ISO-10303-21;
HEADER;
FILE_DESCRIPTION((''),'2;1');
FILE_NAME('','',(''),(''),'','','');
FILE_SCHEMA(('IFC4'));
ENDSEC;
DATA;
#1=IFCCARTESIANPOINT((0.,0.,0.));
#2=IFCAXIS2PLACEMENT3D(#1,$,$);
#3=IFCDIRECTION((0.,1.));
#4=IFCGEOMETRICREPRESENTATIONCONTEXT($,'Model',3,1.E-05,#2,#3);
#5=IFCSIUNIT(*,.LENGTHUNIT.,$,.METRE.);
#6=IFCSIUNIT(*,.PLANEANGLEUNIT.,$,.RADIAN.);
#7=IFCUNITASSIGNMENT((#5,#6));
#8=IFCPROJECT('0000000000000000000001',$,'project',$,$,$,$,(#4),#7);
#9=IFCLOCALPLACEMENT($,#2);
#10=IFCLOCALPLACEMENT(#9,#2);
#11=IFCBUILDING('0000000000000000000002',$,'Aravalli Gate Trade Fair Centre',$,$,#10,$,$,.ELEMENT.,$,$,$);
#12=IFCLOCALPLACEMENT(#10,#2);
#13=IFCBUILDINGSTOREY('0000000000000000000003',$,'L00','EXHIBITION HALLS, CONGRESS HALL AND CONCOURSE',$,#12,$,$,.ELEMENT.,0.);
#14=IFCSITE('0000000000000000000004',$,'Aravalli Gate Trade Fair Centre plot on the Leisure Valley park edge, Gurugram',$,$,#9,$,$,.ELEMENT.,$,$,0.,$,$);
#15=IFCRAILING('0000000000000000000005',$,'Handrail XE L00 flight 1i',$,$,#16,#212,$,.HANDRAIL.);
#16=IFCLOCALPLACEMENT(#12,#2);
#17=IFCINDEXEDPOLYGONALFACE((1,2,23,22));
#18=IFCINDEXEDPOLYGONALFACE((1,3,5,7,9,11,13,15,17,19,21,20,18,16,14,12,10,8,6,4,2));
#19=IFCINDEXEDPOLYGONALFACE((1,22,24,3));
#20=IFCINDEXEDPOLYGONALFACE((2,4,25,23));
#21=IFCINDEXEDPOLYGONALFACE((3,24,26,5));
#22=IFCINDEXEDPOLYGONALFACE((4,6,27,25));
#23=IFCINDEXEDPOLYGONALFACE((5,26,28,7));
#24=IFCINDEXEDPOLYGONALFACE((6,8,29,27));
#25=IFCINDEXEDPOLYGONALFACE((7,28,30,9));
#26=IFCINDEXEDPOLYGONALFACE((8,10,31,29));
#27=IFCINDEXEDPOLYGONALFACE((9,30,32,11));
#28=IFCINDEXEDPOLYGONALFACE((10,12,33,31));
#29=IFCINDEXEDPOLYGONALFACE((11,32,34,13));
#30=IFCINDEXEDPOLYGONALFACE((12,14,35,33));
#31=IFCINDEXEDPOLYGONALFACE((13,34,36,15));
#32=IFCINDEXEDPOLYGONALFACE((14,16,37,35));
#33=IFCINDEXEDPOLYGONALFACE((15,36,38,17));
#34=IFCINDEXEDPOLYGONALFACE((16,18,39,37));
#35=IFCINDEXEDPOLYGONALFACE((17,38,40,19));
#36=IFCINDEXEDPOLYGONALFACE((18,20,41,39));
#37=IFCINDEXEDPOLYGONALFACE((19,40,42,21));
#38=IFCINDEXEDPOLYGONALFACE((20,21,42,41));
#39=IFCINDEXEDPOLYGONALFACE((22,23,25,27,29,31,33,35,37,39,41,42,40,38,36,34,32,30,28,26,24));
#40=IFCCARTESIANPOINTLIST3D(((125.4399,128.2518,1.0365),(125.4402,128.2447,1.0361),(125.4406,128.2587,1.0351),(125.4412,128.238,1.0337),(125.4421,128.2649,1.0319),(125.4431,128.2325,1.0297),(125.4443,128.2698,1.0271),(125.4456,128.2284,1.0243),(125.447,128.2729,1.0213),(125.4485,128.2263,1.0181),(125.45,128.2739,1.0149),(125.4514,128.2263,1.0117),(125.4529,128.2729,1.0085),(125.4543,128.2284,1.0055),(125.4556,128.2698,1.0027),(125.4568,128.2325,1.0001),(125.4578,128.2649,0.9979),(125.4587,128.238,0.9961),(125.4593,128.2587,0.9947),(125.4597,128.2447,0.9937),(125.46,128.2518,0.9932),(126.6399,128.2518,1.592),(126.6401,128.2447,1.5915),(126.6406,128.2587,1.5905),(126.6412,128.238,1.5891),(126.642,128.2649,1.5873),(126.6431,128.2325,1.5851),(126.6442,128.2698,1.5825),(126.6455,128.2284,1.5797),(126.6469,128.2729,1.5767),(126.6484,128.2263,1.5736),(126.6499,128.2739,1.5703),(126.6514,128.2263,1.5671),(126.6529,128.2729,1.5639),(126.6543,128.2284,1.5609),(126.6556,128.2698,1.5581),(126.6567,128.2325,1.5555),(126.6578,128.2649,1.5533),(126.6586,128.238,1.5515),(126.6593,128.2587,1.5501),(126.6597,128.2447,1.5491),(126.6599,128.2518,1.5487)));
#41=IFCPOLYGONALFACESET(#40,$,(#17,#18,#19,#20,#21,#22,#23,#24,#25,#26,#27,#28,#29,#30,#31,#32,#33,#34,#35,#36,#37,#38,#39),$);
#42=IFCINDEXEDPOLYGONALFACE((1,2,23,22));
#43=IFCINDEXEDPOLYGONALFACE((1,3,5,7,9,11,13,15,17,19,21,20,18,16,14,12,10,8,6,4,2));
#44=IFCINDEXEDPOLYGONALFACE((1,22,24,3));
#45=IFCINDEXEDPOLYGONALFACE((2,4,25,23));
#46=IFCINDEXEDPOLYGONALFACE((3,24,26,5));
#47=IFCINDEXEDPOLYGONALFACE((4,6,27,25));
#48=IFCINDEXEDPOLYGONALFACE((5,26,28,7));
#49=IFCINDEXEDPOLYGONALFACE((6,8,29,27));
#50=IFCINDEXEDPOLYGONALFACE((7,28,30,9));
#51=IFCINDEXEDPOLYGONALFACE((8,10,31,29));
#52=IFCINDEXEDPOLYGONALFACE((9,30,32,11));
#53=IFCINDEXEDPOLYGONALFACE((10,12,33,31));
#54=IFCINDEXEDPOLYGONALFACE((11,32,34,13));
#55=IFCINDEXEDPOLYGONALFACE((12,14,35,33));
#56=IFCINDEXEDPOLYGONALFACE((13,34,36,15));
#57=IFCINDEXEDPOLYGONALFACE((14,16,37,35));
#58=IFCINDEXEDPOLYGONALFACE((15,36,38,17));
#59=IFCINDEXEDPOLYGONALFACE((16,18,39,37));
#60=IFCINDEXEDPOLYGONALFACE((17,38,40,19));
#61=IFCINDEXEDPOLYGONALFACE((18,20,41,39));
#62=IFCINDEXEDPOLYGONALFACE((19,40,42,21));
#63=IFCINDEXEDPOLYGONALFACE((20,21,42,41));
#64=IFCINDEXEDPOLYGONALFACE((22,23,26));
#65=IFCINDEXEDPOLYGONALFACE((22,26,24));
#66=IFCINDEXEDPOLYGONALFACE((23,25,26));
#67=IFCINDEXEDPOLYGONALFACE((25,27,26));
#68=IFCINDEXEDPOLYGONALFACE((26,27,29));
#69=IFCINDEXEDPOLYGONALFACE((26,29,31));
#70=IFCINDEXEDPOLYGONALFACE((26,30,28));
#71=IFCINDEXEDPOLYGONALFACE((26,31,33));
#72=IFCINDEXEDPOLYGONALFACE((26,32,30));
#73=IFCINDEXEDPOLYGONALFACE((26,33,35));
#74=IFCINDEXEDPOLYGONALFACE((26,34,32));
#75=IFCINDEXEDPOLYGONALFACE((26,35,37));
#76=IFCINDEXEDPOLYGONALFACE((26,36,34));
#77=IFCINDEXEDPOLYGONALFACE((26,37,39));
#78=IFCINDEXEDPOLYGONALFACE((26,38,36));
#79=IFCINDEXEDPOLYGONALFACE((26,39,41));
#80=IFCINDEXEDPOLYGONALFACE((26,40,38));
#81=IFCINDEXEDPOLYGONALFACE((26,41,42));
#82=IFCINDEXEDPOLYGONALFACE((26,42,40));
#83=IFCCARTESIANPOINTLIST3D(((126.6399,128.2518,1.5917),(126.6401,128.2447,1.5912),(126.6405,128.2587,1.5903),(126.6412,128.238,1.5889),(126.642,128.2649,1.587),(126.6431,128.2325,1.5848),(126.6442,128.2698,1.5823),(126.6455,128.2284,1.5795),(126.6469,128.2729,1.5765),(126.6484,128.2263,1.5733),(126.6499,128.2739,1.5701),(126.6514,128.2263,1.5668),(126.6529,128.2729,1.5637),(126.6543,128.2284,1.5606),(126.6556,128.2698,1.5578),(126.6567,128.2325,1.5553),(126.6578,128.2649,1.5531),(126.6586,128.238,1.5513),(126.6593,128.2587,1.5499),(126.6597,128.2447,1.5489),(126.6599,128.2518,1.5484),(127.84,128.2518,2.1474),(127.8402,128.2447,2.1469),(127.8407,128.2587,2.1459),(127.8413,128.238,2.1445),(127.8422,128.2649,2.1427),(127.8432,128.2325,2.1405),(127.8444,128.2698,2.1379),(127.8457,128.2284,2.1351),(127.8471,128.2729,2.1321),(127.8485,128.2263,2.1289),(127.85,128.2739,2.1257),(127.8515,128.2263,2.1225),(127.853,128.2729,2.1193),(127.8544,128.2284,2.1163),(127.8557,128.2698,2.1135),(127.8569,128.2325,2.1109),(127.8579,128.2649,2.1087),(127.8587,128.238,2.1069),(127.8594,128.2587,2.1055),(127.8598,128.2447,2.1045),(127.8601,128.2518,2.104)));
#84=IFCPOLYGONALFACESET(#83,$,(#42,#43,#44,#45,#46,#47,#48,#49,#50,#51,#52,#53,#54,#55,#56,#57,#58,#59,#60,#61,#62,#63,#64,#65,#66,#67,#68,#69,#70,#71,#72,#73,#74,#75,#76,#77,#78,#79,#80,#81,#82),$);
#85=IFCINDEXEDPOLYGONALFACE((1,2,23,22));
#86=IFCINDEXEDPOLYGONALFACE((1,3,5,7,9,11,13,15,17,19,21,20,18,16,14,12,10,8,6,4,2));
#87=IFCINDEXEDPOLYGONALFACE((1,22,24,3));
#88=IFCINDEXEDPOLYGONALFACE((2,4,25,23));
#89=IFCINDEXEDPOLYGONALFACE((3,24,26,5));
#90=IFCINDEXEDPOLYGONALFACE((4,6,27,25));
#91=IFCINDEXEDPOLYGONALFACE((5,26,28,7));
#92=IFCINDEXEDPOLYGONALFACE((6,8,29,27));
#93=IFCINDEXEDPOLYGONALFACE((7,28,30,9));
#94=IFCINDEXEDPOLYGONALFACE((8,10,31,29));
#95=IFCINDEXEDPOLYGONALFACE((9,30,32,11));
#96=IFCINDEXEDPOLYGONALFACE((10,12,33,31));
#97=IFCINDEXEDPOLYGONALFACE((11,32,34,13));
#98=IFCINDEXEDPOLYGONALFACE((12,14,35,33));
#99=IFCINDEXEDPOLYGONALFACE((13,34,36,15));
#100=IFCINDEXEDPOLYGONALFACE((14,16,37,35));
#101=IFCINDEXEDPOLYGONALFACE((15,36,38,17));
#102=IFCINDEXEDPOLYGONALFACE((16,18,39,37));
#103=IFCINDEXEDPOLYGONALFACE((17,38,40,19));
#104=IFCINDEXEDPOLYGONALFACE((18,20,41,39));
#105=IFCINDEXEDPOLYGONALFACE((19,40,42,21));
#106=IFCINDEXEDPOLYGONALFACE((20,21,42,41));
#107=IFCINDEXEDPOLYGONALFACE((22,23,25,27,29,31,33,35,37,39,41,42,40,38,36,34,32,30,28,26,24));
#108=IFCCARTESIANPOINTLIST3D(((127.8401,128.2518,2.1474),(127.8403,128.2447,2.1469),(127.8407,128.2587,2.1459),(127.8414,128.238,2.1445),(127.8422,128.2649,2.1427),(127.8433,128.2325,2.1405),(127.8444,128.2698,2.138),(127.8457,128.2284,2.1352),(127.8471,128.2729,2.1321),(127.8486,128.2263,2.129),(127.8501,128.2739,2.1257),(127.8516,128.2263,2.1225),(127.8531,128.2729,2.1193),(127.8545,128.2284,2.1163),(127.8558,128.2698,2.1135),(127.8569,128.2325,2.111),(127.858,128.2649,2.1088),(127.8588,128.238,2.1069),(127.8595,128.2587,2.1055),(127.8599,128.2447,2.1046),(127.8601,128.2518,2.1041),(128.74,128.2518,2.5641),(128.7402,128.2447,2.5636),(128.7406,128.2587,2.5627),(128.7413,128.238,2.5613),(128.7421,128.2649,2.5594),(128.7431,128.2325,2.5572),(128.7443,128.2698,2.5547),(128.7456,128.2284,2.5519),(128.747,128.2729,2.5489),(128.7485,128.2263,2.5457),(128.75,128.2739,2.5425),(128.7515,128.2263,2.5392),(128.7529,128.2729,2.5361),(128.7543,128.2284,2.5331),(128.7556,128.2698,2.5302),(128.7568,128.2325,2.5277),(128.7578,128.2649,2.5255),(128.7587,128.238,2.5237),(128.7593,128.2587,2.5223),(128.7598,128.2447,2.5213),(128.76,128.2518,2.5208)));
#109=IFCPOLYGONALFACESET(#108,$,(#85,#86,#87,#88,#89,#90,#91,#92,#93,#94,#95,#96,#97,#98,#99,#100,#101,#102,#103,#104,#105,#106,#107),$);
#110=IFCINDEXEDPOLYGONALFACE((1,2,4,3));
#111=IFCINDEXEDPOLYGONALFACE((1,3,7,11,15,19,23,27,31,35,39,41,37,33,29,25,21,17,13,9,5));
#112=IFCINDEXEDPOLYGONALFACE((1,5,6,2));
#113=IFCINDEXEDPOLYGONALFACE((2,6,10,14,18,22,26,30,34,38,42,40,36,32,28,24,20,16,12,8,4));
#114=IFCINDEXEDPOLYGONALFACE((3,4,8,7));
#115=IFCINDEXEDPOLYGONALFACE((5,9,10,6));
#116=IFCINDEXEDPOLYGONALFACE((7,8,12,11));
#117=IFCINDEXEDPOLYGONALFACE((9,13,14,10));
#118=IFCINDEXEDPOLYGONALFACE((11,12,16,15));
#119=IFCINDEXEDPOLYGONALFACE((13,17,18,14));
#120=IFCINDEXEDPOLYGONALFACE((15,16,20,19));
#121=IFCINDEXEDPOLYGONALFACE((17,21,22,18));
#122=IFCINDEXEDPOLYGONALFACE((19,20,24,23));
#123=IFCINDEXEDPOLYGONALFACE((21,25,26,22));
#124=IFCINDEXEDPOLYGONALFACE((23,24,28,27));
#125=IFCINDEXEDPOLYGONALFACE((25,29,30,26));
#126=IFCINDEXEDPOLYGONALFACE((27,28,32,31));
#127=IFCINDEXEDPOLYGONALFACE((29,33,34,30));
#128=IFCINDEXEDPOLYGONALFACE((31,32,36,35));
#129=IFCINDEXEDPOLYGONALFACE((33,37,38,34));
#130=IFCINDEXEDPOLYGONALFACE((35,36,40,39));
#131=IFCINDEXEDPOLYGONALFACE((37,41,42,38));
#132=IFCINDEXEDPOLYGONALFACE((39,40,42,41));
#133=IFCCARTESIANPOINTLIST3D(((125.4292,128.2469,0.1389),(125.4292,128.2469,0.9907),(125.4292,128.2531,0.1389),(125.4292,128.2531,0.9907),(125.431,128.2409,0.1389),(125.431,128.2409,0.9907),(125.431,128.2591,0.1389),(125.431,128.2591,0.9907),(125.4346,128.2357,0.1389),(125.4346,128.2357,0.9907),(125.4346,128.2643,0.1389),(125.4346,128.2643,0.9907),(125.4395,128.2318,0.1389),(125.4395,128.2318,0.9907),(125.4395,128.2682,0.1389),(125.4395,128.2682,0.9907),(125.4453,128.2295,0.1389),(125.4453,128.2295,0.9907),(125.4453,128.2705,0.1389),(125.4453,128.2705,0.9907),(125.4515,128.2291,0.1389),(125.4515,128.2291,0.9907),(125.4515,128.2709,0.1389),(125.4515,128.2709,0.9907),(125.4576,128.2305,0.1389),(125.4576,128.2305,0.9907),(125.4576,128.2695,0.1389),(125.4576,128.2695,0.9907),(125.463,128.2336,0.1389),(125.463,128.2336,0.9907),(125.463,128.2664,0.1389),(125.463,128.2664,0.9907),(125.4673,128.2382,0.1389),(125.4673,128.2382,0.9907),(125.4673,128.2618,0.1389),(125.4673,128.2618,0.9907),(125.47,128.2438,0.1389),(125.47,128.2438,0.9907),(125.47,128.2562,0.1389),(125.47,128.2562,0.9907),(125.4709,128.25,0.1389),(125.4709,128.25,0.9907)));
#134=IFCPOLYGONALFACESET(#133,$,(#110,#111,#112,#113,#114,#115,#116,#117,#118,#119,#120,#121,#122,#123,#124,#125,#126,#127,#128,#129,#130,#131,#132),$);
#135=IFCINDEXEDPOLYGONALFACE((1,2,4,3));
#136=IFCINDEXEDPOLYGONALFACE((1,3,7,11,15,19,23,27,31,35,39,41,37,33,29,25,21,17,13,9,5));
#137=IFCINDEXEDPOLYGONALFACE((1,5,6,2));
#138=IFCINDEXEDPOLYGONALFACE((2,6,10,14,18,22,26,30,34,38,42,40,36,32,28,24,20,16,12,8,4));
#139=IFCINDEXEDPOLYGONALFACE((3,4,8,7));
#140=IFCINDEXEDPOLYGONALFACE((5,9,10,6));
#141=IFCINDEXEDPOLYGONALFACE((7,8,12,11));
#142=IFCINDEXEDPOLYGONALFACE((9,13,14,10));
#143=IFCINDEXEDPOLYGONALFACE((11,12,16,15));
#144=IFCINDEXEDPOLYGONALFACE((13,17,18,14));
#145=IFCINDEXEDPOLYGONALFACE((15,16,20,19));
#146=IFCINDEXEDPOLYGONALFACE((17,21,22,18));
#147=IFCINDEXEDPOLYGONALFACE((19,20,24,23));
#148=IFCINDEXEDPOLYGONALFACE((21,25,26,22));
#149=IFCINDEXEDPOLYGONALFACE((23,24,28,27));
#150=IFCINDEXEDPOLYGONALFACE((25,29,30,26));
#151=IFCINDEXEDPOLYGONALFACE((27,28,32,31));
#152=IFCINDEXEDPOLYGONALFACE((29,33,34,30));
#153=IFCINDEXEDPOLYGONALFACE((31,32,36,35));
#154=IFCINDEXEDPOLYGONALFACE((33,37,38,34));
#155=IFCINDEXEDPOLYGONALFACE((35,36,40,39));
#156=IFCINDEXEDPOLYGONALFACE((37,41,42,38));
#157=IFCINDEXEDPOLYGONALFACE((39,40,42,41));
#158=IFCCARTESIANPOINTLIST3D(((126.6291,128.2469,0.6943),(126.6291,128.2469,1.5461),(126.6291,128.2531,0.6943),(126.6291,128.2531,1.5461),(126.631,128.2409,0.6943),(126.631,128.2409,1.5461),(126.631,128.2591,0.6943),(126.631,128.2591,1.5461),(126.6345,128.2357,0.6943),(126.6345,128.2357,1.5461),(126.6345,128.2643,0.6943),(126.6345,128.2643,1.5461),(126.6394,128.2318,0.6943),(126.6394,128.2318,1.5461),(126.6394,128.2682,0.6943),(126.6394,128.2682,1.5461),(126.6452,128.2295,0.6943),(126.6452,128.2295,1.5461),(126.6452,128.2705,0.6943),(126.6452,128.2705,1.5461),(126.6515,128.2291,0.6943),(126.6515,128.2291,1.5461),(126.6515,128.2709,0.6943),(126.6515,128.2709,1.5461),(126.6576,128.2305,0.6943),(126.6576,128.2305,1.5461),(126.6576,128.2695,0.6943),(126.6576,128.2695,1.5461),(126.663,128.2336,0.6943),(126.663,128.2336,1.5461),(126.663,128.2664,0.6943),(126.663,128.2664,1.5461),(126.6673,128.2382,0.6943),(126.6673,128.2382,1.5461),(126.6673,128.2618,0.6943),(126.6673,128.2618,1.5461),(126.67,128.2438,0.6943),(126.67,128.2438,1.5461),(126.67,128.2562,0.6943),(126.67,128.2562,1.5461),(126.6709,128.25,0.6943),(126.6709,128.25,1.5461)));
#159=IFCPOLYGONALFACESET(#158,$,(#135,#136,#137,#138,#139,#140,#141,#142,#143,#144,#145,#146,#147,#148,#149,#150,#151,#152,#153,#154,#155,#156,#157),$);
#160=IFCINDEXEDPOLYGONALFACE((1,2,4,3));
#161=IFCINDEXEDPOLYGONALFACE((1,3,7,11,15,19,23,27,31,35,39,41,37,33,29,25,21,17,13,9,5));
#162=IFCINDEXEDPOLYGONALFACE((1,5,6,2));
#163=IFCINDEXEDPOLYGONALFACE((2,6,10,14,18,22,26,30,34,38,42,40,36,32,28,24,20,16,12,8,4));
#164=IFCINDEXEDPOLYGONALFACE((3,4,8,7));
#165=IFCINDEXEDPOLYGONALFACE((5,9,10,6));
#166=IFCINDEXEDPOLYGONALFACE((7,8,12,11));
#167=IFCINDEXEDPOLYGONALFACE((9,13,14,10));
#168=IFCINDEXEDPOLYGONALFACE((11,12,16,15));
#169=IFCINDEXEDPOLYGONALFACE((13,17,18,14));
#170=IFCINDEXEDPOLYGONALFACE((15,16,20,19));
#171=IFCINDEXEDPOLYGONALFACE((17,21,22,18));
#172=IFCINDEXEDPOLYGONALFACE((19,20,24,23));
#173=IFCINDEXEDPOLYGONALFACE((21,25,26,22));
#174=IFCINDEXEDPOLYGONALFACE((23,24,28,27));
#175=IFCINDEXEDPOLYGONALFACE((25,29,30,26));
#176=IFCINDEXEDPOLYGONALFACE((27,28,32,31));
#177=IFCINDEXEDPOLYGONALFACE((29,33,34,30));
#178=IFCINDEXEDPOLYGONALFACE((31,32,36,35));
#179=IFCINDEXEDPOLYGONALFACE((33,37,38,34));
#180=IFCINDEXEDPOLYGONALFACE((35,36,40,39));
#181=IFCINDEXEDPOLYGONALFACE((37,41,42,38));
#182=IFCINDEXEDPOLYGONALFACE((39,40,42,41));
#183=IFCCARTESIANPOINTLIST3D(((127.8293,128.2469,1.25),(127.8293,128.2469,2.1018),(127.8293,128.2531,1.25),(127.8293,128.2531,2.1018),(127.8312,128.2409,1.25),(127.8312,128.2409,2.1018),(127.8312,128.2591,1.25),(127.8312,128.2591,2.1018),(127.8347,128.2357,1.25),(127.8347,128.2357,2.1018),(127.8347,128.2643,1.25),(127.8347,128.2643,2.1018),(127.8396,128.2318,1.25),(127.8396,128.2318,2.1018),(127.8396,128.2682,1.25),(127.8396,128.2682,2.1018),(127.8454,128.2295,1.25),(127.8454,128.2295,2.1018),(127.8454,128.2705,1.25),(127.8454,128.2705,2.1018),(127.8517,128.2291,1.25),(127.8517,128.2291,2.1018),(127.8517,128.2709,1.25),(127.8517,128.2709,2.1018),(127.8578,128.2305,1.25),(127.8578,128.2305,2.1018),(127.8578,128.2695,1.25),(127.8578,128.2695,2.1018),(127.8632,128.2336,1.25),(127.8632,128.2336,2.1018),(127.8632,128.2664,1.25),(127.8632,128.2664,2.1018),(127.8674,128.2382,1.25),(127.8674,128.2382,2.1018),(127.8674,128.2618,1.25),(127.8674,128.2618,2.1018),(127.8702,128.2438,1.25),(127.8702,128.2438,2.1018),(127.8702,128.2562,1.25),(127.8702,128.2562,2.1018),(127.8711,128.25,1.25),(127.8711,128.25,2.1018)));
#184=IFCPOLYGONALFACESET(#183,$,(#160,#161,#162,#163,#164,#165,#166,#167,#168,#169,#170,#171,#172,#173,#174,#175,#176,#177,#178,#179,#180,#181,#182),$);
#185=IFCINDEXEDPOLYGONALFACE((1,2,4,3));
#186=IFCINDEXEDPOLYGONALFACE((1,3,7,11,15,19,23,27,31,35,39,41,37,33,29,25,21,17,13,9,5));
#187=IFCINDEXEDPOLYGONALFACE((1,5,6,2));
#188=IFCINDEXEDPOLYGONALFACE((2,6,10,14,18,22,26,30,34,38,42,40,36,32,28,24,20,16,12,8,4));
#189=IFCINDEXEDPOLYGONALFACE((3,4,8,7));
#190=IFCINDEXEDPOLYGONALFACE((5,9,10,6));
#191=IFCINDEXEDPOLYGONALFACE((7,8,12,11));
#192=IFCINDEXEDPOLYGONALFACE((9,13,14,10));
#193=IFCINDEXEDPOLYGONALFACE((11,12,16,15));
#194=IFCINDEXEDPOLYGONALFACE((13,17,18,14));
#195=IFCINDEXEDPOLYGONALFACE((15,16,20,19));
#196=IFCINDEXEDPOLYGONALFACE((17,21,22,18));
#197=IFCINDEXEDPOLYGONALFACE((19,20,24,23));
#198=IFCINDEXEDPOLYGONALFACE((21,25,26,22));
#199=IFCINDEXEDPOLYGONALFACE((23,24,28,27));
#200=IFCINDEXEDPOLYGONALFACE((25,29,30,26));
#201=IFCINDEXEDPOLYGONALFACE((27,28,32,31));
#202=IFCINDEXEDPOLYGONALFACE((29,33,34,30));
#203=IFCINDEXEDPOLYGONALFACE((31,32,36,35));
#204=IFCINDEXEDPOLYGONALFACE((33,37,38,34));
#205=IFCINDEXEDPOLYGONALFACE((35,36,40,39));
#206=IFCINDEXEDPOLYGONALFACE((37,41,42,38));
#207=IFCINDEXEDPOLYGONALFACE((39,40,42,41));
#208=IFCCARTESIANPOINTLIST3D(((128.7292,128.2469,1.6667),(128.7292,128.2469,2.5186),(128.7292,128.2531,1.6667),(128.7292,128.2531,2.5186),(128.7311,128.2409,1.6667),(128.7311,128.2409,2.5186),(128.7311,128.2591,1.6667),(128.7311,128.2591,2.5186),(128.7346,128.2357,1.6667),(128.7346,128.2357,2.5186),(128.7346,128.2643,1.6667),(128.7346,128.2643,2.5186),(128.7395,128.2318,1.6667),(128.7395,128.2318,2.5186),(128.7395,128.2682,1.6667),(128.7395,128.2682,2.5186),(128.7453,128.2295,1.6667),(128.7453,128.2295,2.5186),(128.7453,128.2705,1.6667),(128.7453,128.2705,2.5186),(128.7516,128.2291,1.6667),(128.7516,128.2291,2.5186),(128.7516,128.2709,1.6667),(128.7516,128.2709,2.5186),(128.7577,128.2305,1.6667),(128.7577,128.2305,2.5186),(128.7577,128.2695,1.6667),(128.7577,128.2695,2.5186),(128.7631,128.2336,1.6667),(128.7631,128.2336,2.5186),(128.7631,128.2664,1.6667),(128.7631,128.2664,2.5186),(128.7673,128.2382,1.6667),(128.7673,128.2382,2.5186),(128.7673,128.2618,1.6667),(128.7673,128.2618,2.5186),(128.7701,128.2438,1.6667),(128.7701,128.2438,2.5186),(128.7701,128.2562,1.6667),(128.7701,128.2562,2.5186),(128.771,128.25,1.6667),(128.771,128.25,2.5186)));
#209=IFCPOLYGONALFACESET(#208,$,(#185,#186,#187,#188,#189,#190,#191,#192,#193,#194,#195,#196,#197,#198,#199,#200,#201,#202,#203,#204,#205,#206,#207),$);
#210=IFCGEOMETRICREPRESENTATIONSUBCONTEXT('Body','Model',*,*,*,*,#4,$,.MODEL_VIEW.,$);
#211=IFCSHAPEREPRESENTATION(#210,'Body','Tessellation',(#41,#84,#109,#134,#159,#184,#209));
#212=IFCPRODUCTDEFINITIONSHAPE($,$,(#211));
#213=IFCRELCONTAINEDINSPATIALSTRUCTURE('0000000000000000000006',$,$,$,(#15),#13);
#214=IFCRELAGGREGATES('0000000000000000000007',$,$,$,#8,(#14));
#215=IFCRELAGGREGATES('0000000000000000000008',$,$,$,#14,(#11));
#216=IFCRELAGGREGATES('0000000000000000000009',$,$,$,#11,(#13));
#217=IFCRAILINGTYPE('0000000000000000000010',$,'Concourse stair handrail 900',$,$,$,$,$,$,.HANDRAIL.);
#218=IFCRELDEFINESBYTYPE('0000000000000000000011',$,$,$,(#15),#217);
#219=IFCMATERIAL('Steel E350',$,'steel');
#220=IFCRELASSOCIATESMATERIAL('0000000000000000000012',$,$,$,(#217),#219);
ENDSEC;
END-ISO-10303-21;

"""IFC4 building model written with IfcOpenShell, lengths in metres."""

from ifc_helpers import new_model, si_unit, direction, frame, origin, origin_2d, place, context, subcontext, project, spatial, circle, extrude, material, type_object, element, save


model = new_model("IFC4")

# Units and contexts
model_context = context("Model", 3, precision=1e-05, world=origin(), true_north=direction((0.0, 1.0)))
body_context = subcontext(model_context, "Body", "Model", "MODEL_VIEW")
ifc_project = project(units=[si_unit("LENGTHUNIT", "METRE"), si_unit("PLANEANGLEUNIT", "RADIAN")], contexts=[model_context])

# Site, building, storey
site_placement = place(None, origin())
site = spatial("IfcSite", under=ifc_project, at=site_placement, Name="Aravalli Gate Trade Fair Centre plot on the Leisure Valley park edge, Gurugram", CompositionType="ELEMENT", RefElevation=0.0)
building_placement = place(site_placement, origin())
building = spatial("IfcBuilding", under=site, at=building_placement, Name="Aravalli Gate Trade Fair Centre", CompositionType="ELEMENT")
storey_placement = place(building_placement, origin())
storey = spatial("IfcBuildingStorey", under=building, at=storey_placement, Name="L00", Description="EXHIBITION HALLS, CONGRESS HALL AND CONCOURSE", CompositionType="ELEMENT", Elevation=0.0)

# Shared definitions
ifc_material_1 = material(Name="Steel E350", Category="steel")

# Railing
railing_type = type_object("IfcRailingType", Name="Concourse stair handrail 900", PredefinedType="HANDRAIL", material=ifc_material_1)
for number, where, name in (
    (1, (125.45, 128.25, 0.1389), "Handrail XE L00 flight 1i"),
):
    element("IfcRailing", number, at=place(storey_placement, frame(where)), inside=storey, type_object=railing_type, Name=name, PredefinedType="HANDRAIL", context=body_context, shape_type="SweptSolid", body=[
        extrude(circle(Radius=0.0239, at=origin_2d()), frame((0.0, 0.0, 0.876), z_axis=(0.907499, 0.0, 0.420053), x_axis=(0.0, 1.0, 0.0)), (0.0, 0.0, 1.0), 1.3223),
        extrude(circle(Radius=0.0239, at=origin_2d()), frame((1.2, 0.0, 1.4312), z_axis=(0.907462, 0.0, 0.420135), x_axis=(0.0, 1.0, 0.0)), (0.0, 0.0, 1.0), 1.3225),
        extrude(circle(Radius=0.0239, at=origin_2d()), frame((2.4001, 0.0, 1.9868), z_axis=(0.907418, 0.0, 0.420229), x_axis=(0.0, 1.0, 0.0)), (0.0, 0.0, 1.0), 0.9917),
        extrude(circle(Radius=0.021, at=origin_2d()), origin(), (0.0, 0.0, 1.0), 0.8518),
        extrude(circle(Radius=0.021, at=origin_2d()), frame((1.2, 0.0, 0.5554)), (0.0, 0.0, 1.0), 0.8518),
        extrude(circle(Radius=0.021, at=origin_2d()), frame((2.4001, 0.0, 1.1111)), (0.0, 0.0, 1.0), 0.8518),
        extrude(circle(Radius=0.021, at=origin_2d()), frame((3.3, 0.0, 1.5278)), (0.0, 0.0, 1.0), 0.8518),
    ])

save(model, "model.ifc")
